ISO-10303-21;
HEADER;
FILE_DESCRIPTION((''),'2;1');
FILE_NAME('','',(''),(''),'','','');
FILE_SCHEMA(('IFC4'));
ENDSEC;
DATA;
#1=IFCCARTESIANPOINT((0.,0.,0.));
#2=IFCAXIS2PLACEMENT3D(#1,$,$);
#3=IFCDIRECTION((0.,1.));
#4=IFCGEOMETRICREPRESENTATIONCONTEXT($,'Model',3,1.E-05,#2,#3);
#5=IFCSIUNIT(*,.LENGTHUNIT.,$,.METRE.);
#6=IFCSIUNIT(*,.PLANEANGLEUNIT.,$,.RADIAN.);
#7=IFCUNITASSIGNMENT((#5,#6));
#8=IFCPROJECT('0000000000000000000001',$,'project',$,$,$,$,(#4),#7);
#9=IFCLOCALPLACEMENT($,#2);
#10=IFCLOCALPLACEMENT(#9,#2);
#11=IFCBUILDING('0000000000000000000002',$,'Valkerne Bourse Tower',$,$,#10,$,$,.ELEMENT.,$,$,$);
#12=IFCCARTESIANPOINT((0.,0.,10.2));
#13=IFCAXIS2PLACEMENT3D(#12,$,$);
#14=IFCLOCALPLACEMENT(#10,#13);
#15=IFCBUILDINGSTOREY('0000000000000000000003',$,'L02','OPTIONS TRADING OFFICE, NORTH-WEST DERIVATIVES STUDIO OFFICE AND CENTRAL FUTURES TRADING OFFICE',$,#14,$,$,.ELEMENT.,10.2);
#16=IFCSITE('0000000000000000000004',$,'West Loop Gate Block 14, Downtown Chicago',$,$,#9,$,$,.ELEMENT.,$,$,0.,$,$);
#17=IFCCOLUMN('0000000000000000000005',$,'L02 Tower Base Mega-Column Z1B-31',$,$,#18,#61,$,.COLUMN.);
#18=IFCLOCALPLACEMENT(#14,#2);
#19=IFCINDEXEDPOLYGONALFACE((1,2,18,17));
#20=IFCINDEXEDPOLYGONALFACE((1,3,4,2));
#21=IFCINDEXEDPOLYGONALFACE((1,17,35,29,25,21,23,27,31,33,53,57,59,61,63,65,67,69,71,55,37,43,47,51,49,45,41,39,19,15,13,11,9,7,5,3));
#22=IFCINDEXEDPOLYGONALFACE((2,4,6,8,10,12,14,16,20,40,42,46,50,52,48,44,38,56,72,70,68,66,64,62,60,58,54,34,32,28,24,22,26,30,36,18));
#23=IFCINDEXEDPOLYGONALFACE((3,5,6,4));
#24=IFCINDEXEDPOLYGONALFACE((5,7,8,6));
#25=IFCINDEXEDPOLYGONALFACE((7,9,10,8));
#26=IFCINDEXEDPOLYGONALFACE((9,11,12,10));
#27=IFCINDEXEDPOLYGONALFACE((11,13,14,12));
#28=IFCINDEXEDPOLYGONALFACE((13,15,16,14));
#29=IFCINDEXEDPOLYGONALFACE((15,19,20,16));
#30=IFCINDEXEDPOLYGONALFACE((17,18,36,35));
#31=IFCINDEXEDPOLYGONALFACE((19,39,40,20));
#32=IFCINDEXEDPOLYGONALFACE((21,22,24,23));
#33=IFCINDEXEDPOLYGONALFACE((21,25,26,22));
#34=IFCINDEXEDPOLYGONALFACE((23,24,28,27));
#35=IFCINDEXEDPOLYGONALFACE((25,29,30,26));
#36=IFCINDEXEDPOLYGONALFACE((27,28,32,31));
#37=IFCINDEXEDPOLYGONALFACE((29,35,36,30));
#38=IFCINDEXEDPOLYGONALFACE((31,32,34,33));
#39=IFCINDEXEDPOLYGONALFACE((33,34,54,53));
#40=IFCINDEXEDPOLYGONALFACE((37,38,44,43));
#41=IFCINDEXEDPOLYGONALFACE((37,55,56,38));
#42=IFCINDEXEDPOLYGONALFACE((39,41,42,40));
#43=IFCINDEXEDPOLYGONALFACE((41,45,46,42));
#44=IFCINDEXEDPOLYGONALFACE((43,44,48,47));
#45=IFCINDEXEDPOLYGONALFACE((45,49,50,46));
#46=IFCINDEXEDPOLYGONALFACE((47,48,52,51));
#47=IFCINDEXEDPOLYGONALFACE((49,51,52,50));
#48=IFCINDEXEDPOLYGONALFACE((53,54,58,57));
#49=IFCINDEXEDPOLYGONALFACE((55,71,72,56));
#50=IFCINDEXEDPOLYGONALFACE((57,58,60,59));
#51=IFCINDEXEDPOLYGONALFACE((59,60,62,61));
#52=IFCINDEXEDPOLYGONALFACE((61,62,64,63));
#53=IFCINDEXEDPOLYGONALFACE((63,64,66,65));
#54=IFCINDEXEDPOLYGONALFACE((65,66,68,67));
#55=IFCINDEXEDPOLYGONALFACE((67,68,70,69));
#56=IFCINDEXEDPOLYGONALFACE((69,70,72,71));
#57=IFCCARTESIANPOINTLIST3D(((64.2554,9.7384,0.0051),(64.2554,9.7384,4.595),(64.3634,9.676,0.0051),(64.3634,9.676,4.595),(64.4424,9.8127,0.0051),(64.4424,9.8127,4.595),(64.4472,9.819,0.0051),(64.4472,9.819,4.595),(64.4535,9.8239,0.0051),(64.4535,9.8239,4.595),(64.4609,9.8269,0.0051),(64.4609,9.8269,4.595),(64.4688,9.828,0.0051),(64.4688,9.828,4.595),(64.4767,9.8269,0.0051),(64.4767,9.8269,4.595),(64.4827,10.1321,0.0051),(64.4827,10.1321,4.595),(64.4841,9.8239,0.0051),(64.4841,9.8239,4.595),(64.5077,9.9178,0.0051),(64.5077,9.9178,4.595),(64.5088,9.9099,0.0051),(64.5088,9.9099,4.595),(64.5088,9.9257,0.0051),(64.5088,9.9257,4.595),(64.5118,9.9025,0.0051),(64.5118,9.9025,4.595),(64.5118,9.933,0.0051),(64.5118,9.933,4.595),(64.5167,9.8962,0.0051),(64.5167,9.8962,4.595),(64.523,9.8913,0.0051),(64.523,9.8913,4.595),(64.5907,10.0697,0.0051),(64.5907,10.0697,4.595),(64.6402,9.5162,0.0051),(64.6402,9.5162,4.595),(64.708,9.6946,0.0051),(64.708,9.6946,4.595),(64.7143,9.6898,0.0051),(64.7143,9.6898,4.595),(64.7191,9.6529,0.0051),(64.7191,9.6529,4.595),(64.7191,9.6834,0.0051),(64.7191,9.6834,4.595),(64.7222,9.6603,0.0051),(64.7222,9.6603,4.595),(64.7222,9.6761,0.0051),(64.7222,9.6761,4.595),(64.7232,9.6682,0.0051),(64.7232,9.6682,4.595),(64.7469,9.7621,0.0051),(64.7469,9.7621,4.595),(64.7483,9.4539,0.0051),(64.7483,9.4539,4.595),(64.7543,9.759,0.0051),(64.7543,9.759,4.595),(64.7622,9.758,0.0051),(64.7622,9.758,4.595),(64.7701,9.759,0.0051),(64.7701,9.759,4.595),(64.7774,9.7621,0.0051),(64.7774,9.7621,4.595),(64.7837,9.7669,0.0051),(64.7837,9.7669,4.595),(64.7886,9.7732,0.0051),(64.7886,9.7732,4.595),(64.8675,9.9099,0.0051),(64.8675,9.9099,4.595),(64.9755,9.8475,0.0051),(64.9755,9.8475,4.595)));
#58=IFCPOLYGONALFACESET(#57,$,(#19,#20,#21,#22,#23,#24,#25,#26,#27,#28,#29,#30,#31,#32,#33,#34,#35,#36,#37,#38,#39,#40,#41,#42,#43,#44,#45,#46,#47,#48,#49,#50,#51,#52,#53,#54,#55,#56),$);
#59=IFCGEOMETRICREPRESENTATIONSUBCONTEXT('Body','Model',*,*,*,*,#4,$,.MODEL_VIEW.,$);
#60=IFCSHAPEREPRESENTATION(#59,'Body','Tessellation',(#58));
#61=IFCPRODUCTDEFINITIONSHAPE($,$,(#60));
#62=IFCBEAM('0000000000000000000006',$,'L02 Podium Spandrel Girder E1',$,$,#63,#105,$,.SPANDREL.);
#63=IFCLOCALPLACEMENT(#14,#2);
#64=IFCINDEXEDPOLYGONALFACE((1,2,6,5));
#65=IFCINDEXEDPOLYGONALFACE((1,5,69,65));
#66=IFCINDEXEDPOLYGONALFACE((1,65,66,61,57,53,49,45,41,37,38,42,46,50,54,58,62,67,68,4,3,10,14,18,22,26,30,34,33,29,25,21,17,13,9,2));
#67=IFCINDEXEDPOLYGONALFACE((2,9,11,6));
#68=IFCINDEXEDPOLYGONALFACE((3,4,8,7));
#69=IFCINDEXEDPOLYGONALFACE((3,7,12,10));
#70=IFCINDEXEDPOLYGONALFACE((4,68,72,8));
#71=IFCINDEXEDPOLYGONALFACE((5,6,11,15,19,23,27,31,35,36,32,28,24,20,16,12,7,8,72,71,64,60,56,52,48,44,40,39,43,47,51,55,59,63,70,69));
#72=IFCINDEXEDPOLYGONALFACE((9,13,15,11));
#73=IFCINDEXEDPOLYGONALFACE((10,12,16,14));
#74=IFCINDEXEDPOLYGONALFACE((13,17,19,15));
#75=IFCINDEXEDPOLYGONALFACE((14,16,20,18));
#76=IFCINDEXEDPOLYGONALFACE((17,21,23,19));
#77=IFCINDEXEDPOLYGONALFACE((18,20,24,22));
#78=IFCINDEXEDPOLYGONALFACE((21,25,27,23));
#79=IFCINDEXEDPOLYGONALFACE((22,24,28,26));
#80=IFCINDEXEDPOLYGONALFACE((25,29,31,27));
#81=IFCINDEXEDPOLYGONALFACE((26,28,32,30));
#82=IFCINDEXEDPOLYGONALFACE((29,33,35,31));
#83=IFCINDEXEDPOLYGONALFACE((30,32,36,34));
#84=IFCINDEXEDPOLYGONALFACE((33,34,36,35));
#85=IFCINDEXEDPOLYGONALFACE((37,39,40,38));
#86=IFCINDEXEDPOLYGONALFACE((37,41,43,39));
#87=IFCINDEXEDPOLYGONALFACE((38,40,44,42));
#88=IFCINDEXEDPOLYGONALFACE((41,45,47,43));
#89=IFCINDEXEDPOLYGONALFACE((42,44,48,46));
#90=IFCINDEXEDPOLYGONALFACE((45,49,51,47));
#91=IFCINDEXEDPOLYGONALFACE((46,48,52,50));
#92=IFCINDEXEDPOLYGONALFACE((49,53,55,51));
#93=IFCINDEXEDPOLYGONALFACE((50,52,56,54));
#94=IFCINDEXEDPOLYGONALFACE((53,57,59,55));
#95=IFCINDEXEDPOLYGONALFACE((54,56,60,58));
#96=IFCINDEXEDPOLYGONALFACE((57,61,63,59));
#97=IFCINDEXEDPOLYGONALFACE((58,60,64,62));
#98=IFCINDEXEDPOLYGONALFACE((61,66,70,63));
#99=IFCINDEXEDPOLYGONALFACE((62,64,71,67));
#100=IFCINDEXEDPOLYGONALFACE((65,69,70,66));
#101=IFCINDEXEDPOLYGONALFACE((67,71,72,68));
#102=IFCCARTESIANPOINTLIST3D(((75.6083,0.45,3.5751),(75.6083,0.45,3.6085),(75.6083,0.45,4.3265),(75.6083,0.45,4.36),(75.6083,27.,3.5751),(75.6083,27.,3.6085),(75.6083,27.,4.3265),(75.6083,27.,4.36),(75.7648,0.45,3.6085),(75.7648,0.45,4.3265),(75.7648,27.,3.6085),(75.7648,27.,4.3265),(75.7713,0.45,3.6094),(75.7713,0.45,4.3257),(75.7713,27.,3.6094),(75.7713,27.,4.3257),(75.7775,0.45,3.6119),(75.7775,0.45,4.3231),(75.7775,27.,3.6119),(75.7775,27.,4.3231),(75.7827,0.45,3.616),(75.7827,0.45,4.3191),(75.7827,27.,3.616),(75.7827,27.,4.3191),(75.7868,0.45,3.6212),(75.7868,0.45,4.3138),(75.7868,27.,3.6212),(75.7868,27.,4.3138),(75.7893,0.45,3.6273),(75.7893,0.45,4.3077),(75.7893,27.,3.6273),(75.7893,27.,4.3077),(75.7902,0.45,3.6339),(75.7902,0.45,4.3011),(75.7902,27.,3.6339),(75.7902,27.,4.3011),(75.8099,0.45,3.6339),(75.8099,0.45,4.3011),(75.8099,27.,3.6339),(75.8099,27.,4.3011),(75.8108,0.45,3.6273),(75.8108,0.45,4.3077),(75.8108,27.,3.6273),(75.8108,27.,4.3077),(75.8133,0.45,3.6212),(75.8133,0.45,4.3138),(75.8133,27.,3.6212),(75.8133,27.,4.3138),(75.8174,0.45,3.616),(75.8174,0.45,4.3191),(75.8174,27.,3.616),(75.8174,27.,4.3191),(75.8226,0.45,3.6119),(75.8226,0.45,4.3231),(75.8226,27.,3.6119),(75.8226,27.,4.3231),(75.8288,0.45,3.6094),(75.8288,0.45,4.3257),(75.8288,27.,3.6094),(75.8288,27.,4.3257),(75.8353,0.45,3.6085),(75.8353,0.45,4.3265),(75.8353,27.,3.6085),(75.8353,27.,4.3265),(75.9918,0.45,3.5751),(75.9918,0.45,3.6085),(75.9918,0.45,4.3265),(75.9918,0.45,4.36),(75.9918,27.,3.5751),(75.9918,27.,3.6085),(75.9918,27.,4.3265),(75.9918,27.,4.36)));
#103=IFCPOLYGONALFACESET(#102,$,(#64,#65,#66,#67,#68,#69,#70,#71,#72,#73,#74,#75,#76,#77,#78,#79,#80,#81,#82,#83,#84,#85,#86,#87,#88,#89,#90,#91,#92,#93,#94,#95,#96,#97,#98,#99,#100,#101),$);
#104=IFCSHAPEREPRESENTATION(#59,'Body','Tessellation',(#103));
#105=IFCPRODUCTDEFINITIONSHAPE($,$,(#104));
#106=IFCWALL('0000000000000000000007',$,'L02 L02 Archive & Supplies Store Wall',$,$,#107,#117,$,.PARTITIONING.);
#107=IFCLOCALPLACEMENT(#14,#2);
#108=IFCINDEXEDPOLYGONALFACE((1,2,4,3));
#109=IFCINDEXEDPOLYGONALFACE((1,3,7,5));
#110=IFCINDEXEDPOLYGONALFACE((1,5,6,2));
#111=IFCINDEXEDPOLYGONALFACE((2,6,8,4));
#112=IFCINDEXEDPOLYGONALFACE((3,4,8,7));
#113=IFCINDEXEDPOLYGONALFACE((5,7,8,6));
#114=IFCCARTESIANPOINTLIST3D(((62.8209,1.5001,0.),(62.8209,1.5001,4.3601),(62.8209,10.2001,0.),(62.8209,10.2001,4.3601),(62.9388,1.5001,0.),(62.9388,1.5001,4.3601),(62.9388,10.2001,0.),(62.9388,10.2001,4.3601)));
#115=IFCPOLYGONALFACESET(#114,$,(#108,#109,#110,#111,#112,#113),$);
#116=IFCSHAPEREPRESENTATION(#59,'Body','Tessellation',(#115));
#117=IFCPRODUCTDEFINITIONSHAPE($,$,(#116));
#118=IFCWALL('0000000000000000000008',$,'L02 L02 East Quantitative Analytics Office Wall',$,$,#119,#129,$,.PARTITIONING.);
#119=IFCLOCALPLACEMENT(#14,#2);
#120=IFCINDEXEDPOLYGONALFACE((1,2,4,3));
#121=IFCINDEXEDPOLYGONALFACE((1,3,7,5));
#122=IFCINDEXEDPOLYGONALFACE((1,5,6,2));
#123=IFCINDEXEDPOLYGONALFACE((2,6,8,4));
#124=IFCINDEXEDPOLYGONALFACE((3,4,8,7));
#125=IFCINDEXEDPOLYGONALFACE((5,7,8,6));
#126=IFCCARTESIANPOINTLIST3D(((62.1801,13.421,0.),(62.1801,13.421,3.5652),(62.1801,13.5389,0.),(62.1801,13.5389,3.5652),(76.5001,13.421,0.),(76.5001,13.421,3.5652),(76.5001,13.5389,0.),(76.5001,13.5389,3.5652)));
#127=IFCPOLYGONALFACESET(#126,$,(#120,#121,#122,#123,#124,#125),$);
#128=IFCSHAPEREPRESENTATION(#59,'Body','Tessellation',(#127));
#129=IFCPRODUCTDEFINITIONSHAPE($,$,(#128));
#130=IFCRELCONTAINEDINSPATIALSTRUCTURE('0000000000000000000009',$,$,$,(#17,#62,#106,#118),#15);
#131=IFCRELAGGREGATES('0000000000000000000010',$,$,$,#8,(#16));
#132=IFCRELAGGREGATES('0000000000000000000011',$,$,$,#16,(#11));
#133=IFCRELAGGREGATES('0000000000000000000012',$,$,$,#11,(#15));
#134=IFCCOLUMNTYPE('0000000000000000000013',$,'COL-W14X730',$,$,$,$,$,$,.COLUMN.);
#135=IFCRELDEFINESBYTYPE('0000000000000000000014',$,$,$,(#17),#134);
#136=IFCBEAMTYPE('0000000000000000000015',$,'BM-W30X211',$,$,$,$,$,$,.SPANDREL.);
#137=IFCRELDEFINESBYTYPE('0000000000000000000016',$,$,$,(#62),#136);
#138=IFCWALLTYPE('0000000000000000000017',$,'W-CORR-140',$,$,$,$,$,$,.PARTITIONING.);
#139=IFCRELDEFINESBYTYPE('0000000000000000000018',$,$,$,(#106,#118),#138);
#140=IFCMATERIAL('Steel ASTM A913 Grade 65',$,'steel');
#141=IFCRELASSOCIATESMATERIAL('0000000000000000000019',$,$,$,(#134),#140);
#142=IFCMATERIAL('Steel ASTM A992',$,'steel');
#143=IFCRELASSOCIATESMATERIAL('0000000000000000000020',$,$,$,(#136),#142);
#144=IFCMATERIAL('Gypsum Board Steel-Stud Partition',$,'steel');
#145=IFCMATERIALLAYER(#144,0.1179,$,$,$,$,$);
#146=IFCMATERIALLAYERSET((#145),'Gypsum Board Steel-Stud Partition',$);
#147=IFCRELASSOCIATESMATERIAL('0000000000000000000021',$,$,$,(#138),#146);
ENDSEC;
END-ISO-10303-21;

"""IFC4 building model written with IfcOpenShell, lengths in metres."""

from ifc_helpers import new_model, si_unit, direction, frame, frame_2d, origin, origin_2d, place, context, subcontext, project, spatial, rectangle, i_section, extrude, material, layer, layer_set, material_profile, profile_set, type_object, element, save


model = new_model("IFC4")

# Units and contexts
model_context = context("Model", 3, precision=1e-05, world=origin(), true_north=direction((0.0, 1.0)))
body_context = subcontext(model_context, "Body", "Model", "MODEL_VIEW")
ifc_project = project(units=[si_unit("LENGTHUNIT", "METRE"), si_unit("PLANEANGLEUNIT", "RADIAN")], contexts=[model_context])

# Site, building, storey
site_placement = place(None, origin())
site = spatial("IfcSite", under=ifc_project, at=site_placement, Name="West Loop Gate Block 14, Downtown Chicago", CompositionType="ELEMENT", RefElevation=0.0)
building_placement = place(site_placement, origin())
building = spatial("IfcBuilding", under=site, at=building_placement, Name="Valkerne Bourse Tower", CompositionType="ELEMENT")
storey_placement = place(building_placement, frame((0.0, 0.0, 10.2)))
storey = spatial("IfcBuildingStorey", under=building, at=storey_placement, Name="L02", Description="OPTIONS TRADING OFFICE, NORTH-WEST DERIVATIVES STUDIO OFFICE AND CENTRAL FUTURES TRADING OFFICE", CompositionType="ELEMENT", Elevation=10.2)

# Column
ifc_material_1 = material(Name="Steel ASTM A913 Grade 65", Category="steel")
ifc_material_profile_1 = material_profile(ifc_material_1, i_section(OverallWidth=0.4546, OverallDepth=0.5691, WebThickness=0.0779, FlangeThickness=0.1248, FilletRadius=0.0305, at=origin_2d()), Name="W14X730")
ifc_profile_set_1 = profile_set([ifc_material_profile_1], Name="Steel ASTM A913 Grade 65")
column_type_1 = type_object("IfcColumnType", Name="COL-W14X730", PredefinedType="COLUMN", material=ifc_profile_set_1)
for number, where, z_axis, x_axis, name in (
    (1, (64.6155, 9.793, 0.0051), (0.0, 0.0, 1.0), (0.5, 0.866025, 0.0), "L02 Tower Base Mega-Column Z1B-31"),
):
    element("IfcColumn", number, at=place(storey_placement, frame(where, z_axis=z_axis, x_axis=x_axis)), inside=storey, type_object=column_type_1, Name=name, PredefinedType="COLUMN", context=body_context, shape_type="SweptSolid", body=[
        extrude(i_section(OverallWidth=0.4546, OverallDepth=0.5691, WebThickness=0.0779, FlangeThickness=0.1248, FilletRadius=0.0305, at=origin_2d()), origin(), (0.0, 0.0, 1.0), 4.5898),
    ])

# Beam
ifc_material_2 = material(Name="Steel ASTM A992", Category="steel")
ifc_material_profile_2 = material_profile(ifc_material_2, i_section(OverallWidth=0.3835, OverallDepth=0.7849, WebThickness=0.0198, FlangeThickness=0.0334, FilletRadius=0.0254, at=origin_2d()), Name="W30X211")
ifc_profile_set_2 = profile_set([ifc_material_profile_2], Name="Steel ASTM A992")
beam_type = type_object("IfcBeamType", Name="BM-W30X211", PredefinedType="SPANDREL", material=ifc_profile_set_2)
beam_placement = place(storey_placement, frame((75.8, 0.45, 3.9675), z_axis=(0.0, 1.0, 0.0), x_axis=(-1.0, 0.0, 0.0)))
element("IfcBeam", 2, at=beam_placement, inside=storey, type_object=beam_type, Name="L02 Podium Spandrel Girder E1", PredefinedType="SPANDREL", context=body_context, shape_type="SweptSolid", body=[
    extrude(i_section(OverallWidth=0.3835, OverallDepth=0.7849, WebThickness=0.0198, FlangeThickness=0.0334, FilletRadius=0.0254, at=origin_2d()), origin(), (0.0, 0.0, 1.0), 26.55),
])

# Walls
ifc_material_3 = material(Name="Gypsum Board Steel-Stud Partition", Category="steel")
ifc_layer_1 = layer(ifc_material_3, 0.1179)
ifc_layer_set_1 = layer_set([ifc_layer_1], Name="Gypsum Board Steel-Stud Partition")
wall_type_1 = type_object("IfcWallType", Name="W-CORR-140", PredefinedType="PARTITIONING", material=ifc_layer_set_1)
wall_1_placement = place(storey_placement, frame((62.8799, 1.5, 0.0), z_axis=(0.0, 0.0, 1.0), x_axis=(0.0, 1.0, 0.0)))
element("IfcWall", 3, at=wall_1_placement, inside=storey, type_object=wall_type_1, Name="L02 L02 Archive & Supplies Store Wall", PredefinedType="PARTITIONING", context=body_context, shape_type="SweptSolid", body=[
    extrude(rectangle(XDim=8.7, YDim=0.1179, at=frame_2d((4.3501, 0.0))), origin(), (0.0, 0.0, 1.0), 4.3601),
])
wall_2_placement = place(storey_placement, frame((62.1799, 13.48, 0.0), z_axis=(0.0, 0.0, 1.0), x_axis=(1.0, 0.0, 0.0)))
element("IfcWall", 4, at=wall_2_placement, inside=storey, type_object=wall_type_1, Name="L02 L02 East Quantitative Analytics Office Wall", PredefinedType="PARTITIONING", context=body_context, shape_type="SweptSolid", body=[
    extrude(rectangle(XDim=14.3201, YDim=0.1179, at=frame_2d((7.1602, 0.0))), origin(), (0.0, 0.0, 1.0), 3.5652),
])

save(model, "model.ifc")
